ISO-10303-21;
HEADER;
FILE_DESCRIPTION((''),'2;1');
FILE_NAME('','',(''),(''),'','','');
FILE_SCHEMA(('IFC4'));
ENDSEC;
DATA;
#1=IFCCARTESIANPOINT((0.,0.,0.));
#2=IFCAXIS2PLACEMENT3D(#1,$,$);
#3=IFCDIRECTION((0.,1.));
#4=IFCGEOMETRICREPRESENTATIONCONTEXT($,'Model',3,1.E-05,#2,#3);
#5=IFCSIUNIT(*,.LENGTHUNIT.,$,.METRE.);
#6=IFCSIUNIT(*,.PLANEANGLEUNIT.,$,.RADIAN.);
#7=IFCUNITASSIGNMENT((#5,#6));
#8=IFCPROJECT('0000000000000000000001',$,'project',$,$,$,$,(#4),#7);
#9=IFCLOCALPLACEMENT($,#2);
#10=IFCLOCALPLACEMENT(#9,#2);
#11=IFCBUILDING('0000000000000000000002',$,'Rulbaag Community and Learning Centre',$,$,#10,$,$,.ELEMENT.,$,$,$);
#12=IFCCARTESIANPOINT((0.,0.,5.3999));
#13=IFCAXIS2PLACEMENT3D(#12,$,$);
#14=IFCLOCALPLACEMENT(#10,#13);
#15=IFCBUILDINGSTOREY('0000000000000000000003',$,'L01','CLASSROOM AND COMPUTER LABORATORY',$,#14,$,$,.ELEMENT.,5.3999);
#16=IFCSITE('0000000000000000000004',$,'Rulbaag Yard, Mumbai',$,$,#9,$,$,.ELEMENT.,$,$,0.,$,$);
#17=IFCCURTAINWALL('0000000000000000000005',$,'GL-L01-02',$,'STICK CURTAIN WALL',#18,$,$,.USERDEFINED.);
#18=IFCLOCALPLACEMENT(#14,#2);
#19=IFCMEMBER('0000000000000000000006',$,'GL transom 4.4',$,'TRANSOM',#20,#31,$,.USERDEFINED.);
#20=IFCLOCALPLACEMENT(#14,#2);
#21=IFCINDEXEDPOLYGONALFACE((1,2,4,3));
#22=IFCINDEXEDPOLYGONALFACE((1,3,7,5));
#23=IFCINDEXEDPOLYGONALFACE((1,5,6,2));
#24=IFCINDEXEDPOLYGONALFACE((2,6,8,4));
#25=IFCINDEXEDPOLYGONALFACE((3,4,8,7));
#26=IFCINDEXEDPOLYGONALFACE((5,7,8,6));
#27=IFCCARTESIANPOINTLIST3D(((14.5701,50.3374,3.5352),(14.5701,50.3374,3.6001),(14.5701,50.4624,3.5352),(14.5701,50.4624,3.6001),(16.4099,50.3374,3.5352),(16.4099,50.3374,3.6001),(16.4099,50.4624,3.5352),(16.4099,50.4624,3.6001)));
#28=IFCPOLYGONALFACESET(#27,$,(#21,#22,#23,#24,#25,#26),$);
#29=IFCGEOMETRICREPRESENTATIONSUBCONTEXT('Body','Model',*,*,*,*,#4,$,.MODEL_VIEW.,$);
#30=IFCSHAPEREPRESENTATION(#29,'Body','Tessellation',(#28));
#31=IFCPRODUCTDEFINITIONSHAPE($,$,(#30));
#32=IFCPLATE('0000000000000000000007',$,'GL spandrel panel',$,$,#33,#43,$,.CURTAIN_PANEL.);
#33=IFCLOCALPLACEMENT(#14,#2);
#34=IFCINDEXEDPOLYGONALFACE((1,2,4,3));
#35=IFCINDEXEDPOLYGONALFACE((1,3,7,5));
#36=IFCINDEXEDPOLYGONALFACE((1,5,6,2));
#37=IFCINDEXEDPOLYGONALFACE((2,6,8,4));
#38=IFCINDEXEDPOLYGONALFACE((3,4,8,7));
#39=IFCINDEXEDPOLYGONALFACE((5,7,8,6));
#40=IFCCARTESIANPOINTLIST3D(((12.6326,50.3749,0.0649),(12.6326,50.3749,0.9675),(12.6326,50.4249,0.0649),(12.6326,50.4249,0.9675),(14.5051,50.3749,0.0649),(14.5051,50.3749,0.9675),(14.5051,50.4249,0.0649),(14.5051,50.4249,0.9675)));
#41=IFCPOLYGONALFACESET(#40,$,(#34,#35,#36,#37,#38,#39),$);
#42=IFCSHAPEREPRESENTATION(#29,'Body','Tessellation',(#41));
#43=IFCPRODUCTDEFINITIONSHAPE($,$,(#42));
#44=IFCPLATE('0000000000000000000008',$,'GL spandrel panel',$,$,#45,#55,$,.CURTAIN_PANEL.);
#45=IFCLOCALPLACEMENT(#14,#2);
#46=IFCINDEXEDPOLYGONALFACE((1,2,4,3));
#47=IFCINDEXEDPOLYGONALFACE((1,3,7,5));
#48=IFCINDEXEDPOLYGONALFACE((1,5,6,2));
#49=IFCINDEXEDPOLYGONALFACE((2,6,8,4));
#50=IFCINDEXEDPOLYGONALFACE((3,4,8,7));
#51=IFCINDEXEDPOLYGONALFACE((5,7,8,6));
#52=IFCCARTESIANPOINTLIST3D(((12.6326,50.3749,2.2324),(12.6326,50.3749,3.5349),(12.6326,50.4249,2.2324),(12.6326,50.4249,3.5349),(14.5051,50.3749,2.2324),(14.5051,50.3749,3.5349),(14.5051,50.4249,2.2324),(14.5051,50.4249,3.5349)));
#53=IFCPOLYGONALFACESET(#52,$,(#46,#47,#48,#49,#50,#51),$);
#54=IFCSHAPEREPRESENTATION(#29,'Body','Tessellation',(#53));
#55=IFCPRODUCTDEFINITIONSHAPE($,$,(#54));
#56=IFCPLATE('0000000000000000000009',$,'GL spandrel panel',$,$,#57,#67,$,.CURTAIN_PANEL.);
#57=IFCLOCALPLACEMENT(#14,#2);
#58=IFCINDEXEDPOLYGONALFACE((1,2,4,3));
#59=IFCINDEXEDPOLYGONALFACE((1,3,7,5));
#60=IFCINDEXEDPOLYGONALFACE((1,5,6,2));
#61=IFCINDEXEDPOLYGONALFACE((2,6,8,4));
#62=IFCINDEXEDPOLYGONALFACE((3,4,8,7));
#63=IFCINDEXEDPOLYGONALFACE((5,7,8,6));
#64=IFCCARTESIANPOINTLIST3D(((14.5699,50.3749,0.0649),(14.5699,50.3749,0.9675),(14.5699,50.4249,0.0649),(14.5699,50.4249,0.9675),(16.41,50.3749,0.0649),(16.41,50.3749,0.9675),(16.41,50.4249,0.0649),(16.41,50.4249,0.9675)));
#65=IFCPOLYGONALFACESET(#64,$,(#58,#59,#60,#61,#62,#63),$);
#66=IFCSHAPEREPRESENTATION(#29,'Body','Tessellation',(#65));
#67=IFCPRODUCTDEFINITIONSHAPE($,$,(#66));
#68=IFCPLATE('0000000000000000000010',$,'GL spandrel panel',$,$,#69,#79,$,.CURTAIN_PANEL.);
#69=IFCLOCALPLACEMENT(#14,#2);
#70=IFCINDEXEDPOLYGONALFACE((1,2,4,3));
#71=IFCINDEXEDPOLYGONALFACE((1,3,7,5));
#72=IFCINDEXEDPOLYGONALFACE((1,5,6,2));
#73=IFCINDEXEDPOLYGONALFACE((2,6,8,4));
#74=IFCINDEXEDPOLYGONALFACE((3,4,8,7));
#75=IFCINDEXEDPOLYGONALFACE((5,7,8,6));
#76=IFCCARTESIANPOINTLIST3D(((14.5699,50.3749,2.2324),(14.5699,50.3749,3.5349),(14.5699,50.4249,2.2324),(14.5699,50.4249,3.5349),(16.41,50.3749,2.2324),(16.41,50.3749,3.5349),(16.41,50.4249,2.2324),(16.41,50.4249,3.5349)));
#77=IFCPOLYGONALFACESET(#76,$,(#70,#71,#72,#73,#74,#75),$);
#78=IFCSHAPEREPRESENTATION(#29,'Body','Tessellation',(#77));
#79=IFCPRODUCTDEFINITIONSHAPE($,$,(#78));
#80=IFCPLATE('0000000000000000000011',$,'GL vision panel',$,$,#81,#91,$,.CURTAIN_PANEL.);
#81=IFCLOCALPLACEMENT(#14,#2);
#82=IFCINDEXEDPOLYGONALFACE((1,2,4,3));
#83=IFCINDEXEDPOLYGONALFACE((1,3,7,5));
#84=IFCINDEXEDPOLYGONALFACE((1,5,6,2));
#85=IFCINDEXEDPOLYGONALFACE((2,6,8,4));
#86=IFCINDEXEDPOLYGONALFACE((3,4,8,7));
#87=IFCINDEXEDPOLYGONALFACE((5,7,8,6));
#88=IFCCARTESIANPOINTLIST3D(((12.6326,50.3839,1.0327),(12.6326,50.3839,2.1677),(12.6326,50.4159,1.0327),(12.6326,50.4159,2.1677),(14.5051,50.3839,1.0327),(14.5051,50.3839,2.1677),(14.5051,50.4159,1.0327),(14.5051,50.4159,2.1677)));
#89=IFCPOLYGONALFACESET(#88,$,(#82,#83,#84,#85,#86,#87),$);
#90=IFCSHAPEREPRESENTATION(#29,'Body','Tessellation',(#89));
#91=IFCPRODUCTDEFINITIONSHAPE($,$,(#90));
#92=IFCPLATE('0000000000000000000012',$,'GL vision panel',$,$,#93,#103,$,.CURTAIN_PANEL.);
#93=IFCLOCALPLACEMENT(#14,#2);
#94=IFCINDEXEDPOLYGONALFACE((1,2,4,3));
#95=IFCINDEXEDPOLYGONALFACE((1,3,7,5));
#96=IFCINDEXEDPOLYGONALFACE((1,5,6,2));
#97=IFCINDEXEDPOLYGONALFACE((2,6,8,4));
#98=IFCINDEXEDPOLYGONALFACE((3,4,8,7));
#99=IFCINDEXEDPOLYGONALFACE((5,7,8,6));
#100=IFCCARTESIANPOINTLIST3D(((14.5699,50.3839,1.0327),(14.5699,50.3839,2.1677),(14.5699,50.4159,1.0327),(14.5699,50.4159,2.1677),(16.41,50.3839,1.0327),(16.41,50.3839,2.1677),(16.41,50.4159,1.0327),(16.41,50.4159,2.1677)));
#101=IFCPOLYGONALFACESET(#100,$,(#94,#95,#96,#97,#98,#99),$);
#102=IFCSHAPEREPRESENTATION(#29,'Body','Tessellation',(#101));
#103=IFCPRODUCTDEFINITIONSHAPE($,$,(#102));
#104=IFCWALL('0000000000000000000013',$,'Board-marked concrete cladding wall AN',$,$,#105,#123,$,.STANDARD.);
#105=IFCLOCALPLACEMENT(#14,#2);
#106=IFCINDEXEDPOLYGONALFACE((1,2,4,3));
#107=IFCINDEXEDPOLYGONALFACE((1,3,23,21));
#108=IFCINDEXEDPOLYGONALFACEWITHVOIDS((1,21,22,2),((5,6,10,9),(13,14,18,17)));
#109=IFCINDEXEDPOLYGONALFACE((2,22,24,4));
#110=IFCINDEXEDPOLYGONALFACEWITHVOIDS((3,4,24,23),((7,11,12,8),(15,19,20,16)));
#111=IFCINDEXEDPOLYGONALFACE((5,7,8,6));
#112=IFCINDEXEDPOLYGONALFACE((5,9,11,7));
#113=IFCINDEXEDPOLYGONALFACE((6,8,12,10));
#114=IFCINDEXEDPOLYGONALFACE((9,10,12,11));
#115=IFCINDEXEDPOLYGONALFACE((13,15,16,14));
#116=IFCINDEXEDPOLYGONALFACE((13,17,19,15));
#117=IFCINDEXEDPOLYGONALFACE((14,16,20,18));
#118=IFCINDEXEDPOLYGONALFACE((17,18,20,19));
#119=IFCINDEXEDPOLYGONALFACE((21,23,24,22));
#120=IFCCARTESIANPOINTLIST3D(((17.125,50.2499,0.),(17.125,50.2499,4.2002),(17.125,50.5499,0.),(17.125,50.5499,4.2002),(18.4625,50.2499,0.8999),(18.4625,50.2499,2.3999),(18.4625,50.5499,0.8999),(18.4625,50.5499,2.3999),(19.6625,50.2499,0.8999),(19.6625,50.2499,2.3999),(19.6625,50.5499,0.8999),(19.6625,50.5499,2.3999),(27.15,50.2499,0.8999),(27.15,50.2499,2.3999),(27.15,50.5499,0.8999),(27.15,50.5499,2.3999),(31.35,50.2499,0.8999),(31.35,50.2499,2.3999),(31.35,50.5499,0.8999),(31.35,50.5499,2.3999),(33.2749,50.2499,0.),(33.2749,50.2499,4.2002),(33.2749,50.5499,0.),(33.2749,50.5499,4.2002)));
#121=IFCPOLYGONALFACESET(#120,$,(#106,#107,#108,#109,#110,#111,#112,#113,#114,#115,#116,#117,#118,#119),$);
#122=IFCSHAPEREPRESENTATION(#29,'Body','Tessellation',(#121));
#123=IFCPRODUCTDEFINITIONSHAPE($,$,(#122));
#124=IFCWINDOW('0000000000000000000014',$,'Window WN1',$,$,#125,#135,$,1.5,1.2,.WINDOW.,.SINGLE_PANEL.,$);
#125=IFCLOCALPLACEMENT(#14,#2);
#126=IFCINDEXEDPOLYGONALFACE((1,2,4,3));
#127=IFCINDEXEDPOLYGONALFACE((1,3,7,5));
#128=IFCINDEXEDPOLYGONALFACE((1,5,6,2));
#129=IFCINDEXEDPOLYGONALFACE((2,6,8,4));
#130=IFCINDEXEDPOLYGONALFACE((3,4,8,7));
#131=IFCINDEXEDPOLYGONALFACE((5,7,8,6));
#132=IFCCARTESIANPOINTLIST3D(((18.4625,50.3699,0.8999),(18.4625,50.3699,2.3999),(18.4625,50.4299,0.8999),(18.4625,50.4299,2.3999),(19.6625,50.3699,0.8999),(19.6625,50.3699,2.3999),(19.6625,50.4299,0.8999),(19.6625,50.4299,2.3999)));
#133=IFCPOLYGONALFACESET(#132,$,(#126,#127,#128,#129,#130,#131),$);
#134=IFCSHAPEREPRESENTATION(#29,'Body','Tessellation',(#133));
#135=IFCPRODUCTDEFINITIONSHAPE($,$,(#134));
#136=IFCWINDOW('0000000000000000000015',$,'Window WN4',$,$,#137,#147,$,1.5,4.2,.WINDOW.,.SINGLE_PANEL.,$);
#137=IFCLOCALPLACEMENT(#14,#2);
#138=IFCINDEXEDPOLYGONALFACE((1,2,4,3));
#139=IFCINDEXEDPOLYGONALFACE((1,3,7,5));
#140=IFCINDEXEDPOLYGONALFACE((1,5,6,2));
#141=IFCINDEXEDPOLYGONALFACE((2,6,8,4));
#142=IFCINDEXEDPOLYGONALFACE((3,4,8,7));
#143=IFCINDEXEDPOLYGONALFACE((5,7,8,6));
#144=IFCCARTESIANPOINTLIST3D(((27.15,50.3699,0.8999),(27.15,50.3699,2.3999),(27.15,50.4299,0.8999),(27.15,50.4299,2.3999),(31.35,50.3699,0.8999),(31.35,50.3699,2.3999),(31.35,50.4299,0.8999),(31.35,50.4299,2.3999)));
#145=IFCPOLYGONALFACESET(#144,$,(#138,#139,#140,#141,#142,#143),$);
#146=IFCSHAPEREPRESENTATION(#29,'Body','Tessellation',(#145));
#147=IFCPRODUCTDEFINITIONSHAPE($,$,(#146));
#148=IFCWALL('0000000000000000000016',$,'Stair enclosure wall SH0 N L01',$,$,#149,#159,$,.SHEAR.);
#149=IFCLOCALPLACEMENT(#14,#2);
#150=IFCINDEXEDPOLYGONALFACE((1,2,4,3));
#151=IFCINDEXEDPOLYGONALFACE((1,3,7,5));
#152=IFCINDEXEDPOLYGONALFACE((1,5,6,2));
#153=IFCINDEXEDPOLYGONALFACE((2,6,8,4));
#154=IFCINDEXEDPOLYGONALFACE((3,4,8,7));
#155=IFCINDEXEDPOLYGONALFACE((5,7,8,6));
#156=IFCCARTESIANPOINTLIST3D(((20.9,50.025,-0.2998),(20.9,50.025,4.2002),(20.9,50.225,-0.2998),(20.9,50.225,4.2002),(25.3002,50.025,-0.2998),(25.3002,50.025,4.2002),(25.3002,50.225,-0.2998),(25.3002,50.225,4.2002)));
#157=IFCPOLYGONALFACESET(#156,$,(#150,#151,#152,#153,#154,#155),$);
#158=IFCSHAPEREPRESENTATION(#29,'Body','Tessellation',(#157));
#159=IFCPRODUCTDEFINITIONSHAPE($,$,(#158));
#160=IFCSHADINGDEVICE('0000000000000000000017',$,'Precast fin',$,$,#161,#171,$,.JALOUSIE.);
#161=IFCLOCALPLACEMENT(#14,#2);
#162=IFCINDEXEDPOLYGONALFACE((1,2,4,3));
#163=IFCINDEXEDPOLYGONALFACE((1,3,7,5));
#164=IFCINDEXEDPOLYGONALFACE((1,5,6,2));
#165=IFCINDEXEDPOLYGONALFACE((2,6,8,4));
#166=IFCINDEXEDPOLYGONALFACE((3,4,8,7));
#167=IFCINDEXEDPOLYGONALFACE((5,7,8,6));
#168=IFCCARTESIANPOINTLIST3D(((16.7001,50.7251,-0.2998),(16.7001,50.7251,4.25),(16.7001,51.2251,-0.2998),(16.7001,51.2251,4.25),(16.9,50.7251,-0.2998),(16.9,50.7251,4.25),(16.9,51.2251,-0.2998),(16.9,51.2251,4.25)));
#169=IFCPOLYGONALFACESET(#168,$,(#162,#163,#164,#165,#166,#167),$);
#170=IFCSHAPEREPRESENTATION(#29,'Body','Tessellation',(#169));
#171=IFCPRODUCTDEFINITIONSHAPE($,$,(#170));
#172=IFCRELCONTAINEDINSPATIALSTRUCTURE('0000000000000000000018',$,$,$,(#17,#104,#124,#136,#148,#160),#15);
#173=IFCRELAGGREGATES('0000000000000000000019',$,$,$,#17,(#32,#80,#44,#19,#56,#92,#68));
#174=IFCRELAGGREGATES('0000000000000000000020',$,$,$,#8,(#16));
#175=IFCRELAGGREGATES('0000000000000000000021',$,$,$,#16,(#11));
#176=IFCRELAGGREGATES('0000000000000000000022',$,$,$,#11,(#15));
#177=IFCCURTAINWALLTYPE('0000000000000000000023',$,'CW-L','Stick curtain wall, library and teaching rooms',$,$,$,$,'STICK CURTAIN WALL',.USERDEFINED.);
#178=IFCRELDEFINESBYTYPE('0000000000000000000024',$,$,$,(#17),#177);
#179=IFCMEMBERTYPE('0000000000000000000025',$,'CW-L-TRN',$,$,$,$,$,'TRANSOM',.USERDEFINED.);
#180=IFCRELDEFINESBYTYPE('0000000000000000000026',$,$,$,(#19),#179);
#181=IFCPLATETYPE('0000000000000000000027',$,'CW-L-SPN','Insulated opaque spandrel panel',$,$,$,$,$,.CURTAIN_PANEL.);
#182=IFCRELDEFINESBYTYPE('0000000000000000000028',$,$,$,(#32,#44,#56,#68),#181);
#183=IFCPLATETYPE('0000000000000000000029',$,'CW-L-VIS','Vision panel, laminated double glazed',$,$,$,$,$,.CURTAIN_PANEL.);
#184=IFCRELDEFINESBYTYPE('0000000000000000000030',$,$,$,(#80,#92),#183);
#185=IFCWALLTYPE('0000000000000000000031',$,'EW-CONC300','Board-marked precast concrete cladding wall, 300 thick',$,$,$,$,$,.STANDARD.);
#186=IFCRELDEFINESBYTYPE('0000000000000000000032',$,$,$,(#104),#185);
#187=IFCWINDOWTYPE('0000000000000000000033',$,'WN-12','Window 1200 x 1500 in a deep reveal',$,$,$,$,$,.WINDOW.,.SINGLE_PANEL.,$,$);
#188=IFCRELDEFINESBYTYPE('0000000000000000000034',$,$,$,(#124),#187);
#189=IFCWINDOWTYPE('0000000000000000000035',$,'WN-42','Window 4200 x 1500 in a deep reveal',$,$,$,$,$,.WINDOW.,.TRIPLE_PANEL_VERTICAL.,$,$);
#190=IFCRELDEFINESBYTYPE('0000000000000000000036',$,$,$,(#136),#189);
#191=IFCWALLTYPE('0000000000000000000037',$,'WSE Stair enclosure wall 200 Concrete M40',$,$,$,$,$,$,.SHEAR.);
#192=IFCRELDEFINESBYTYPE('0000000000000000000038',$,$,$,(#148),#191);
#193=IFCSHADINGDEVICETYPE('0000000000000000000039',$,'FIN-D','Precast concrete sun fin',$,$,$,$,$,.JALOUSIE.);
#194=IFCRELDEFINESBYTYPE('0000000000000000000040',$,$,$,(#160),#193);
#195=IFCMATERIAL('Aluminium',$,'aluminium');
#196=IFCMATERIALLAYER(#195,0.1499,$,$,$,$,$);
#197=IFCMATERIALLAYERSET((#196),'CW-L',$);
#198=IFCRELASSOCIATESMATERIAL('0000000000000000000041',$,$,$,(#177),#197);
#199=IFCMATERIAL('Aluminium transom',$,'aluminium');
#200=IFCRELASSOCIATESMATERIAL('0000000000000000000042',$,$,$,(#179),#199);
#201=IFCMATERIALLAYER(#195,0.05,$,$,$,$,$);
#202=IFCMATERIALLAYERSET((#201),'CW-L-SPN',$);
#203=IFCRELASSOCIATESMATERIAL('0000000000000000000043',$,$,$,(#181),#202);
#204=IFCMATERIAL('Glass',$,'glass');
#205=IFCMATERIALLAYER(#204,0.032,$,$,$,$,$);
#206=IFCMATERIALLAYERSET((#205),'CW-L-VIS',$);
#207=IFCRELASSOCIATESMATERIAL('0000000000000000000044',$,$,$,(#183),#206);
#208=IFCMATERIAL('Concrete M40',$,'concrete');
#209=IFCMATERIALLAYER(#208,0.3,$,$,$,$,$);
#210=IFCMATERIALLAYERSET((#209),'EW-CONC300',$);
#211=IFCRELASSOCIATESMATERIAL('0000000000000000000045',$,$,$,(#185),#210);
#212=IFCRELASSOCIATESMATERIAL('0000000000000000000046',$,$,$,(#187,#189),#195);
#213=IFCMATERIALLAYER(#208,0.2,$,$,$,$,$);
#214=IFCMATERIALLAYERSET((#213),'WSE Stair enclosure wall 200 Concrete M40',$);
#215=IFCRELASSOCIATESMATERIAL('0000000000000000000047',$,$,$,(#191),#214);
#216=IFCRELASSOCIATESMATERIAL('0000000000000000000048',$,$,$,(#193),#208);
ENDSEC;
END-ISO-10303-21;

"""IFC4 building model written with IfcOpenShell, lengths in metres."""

from ifc_helpers import new_model, si_unit, direction, frame, frame_2d, origin, origin_2d, place, context, subcontext, project, spatial, rectangle, extrude, material, layer, layer_set, material_profile, profile_set, type_object, element, fill, aggregate, save


model = new_model("IFC4")

# Units and contexts
model_context = context("Model", 3, precision=1e-05, world=origin(), true_north=direction((0.0, 1.0)))
body_context = subcontext(model_context, "Body", "Model", "MODEL_VIEW")
ifc_project = project(units=[si_unit("LENGTHUNIT", "METRE"), si_unit("PLANEANGLEUNIT", "RADIAN")], contexts=[model_context])

# Site, building, storey
site_placement = place(None, origin())
site = spatial("IfcSite", under=ifc_project, at=site_placement, Name="Rulbaag Yard, Mumbai", CompositionType="ELEMENT", RefElevation=0.0)
building_placement = place(site_placement, origin())
building = spatial("IfcBuilding", under=site, at=building_placement, Name="Rulbaag Community and Learning Centre", CompositionType="ELEMENT")
storey_placement = place(building_placement, frame((0.0, 0.0, 5.3999)))
storey = spatial("IfcBuildingStorey", under=building, at=storey_placement, Name="L01", Description="CLASSROOM AND COMPUTER LABORATORY", CompositionType="ELEMENT", Elevation=5.3999)

# Shared definitions
ifc_material_1 = material(Name="Concrete M40", Category="concrete")

# Curtain wall, member, plates
ifc_material_2 = material(Name="Aluminium", Category="aluminium")
ifc_layer_1 = layer(ifc_material_2, 0.1499)
ifc_layer_set_1 = layer_set([ifc_layer_1], Name="CW-L")
curtain_wall_type = type_object("IfcCurtainWallType", Name="CW-L", Description="Stick curtain wall, library and teaching rooms", ElementType="STICK CURTAIN WALL", PredefinedType="USERDEFINED", material=ifc_layer_set_1)
curtain_wall_placement = place(storey_placement, origin())
curtain_wall = element("IfcCurtainWall", 1, at=curtain_wall_placement, inside=storey, type_object=curtain_wall_type, Name="GL-L01-02", ObjectType="STICK CURTAIN WALL", PredefinedType="USERDEFINED")
ifc_material_3 = material(Name="Aluminium transom", Category="aluminium")
ifc_material_profile_1 = material_profile(ifc_material_3, rectangle(XDim=0.125, YDim=0.0649, at=origin_2d()), Name="AL 65x125 T")
ifc_profile_set_1 = profile_set([ifc_material_profile_1], Name="Aluminium transom")
member_type_1 = type_object("IfcMemberType", Name="CW-L-TRN", ElementType="TRANSOM", PredefinedType="USERDEFINED", material=ifc_profile_set_1)
member_1_placement = place(storey_placement, frame((14.5701, 50.3999, 3.5676), z_axis=(1.0, 0.0, 0.0), x_axis=(0.0, 1.0, 0.0)))
member_1 = element("IfcMember", 2, at=member_1_placement, type_object=member_type_1, Name="GL transom 4.4", ObjectType="TRANSOM", PredefinedType="USERDEFINED", context=body_context, shape_type="SweptSolid", body=[
    extrude(rectangle(XDim=0.125, YDim=0.0649, at=origin_2d()), origin(), (0.0, 0.0, 1.0), 1.8398),
])
ifc_layer_2 = layer(ifc_material_2, 0.05)
ifc_layer_set_2 = layer_set([ifc_layer_2], Name="CW-L-SPN")
plate_type_1 = type_object("IfcPlateType", Name="CW-L-SPN", Description="Insulated opaque spandrel panel", PredefinedType="CURTAIN_PANEL", material=ifc_layer_set_2)
plate_1_placement = place(storey_placement, frame((13.5688, 50.3999, 0.0649), z_axis=(0.0, 0.0, 1.0), x_axis=(1.0, 0.0, 0.0)))
plate_1 = element("IfcPlate", 3, at=plate_1_placement, type_object=plate_type_1, Name="GL spandrel panel", PredefinedType="CURTAIN_PANEL", context=body_context, shape_type="SweptSolid", body=[
    extrude(rectangle(XDim=1.8726, YDim=0.05, at=origin_2d()), origin(), (0.0, 0.0, 1.0), 0.9026),
])
plate_2_placement = place(storey_placement, frame((13.5688, 50.3999, 2.2324), z_axis=(0.0, 0.0, 1.0), x_axis=(1.0, 0.0, 0.0)))
plate_2 = element("IfcPlate", 4, at=plate_2_placement, type_object=plate_type_1, Name="GL spandrel panel", PredefinedType="CURTAIN_PANEL", context=body_context, shape_type="SweptSolid", body=[
    extrude(rectangle(XDim=1.8726, YDim=0.05, at=origin_2d()), origin(), (0.0, 0.0, 1.0), 1.3025),
])
plate_3_placement = place(storey_placement, frame((15.49, 50.3999, 0.0649), z_axis=(0.0, 0.0, 1.0), x_axis=(1.0, 0.0, 0.0)))
plate_3 = element("IfcPlate", 5, at=plate_3_placement, type_object=plate_type_1, Name="GL spandrel panel", PredefinedType="CURTAIN_PANEL", context=body_context, shape_type="SweptSolid", body=[
    extrude(rectangle(XDim=1.8401, YDim=0.05, at=origin_2d()), origin(), (0.0, 0.0, 1.0), 0.9026),
])
plate_4_placement = place(storey_placement, frame((15.49, 50.3999, 2.2324), z_axis=(0.0, 0.0, 1.0), x_axis=(1.0, 0.0, 0.0)))
plate_4 = element("IfcPlate", 6, at=plate_4_placement, type_object=plate_type_1, Name="GL spandrel panel", PredefinedType="CURTAIN_PANEL", context=body_context, shape_type="SweptSolid", body=[
    extrude(rectangle(XDim=1.8401, YDim=0.05, at=origin_2d()), origin(), (0.0, 0.0, 1.0), 1.3025),
])
ifc_material_4 = material(Name="Glass", Category="glass")
ifc_layer_3 = layer(ifc_material_4, 0.032)
ifc_layer_set_3 = layer_set([ifc_layer_3], Name="CW-L-VIS")
plate_type_2 = type_object("IfcPlateType", Name="CW-L-VIS", Description="Vision panel, laminated double glazed", PredefinedType="CURTAIN_PANEL", material=ifc_layer_set_3)
plate_5_placement = place(storey_placement, frame((13.5688, 50.3999, 1.0327), z_axis=(0.0, 0.0, 1.0), x_axis=(1.0, 0.0, 0.0)))
plate_5 = element("IfcPlate", 7, at=plate_5_placement, type_object=plate_type_2, Name="GL vision panel", PredefinedType="CURTAIN_PANEL", context=body_context, shape_type="SweptSolid", body=[
    extrude(rectangle(XDim=1.8726, YDim=0.032, at=origin_2d()), origin(), (0.0, 0.0, 1.0), 1.135),
])
plate_6_placement = place(storey_placement, frame((15.49, 50.3999, 1.0327), z_axis=(0.0, 0.0, 1.0), x_axis=(1.0, 0.0, 0.0)))
plate_6 = element("IfcPlate", 8, at=plate_6_placement, type_object=plate_type_2, Name="GL vision panel", PredefinedType="CURTAIN_PANEL", context=body_context, shape_type="SweptSolid", body=[
    extrude(rectangle(XDim=1.8401, YDim=0.032, at=origin_2d()), origin(), (0.0, 0.0, 1.0), 1.135),
])
aggregate(curtain_wall, [plate_1, plate_5, plate_2, member_1, plate_3, plate_6, plate_4])

# Wall, openings, windows
ifc_layer_4 = layer(ifc_material_1, 0.3)
ifc_layer_set_4 = layer_set([ifc_layer_4], Name="EW-CONC300")
wall_type_1 = type_object("IfcWallType", Name="EW-CONC300", Description="Board-marked precast concrete cladding wall, 300 thick", PredefinedType="STANDARD", material=ifc_layer_set_4)
wall_1_placement = place(storey_placement, frame((17.125, 50.3999, 0.0), z_axis=(0.0, 0.0, 1.0), x_axis=(1.0, 0.0, 0.0)))
wall_1 = element("IfcWall", 9, at=wall_1_placement, inside=storey, type_object=wall_type_1, Name="Board-marked concrete cladding wall AN", PredefinedType="STANDARD", context=body_context, shape_type="SweptSolid", body=[
    extrude(rectangle(XDim=16.1499, YDim=0.3, at=frame_2d((8.075, 0.0))), origin(), (0.0, 0.0, 1.0), 4.2002),
])
opening_1_placement = place(wall_1_placement, frame((1.3374, 0.0, 0.8999)))
opening_1 = element("IfcOpeningElement", 10, at=opening_1_placement, cuts=wall_1, PredefinedType="OPENING", context=body_context, shape_type="SweptSolid", body=[
    extrude(rectangle(XDim=1.2, YDim=1.5, at=frame_2d((0.6001, 0.75))), frame((0.0, 0.1599, 0.0), z_axis=(0.0, -1.0, 0.0), x_axis=(1.0, 0.0, 0.0)), (0.0, 0.0, 1.0), 0.3201),
])
opening_2_placement = place(wall_1_placement, frame((10.0249, 0.0, 0.8999)))
opening_2 = element("IfcOpeningElement", 11, at=opening_2_placement, cuts=wall_1, PredefinedType="OPENING", context=body_context, shape_type="SweptSolid", body=[
    extrude(rectangle(XDim=4.2, YDim=1.5, at=frame_2d((2.1001, 0.75))), frame((0.0, 0.1599, 0.0), z_axis=(0.0, -1.0, 0.0), x_axis=(1.0, 0.0, 0.0)), (0.0, 0.0, 1.0), 0.3201),
])
window_type_1 = type_object("IfcWindowType", Name="WN-12", Description="Window 1200 x 1500 in a deep reveal", PartitioningType="SINGLE_PANEL", PredefinedType="WINDOW", material=ifc_material_2)
window_1_placement = place(opening_1_placement, origin())
window_1 = element("IfcWindow", 12, at=window_1_placement, inside=storey, type_object=window_type_1, Name="Window WN1", OverallHeight=1.5, OverallWidth=1.2, PartitioningType="SINGLE_PANEL", PredefinedType="WINDOW", context=body_context, shape_type="SweptSolid", body=[
    extrude(rectangle(XDim=1.2, YDim=1.5, at=frame_2d((0.6001, 0.75))), frame((0.0, 0.03, 0.0), z_axis=(0.0, -1.0, 0.0), x_axis=(1.0, 0.0, 0.0)), (0.0, 0.0, 1.0), 0.0601),
])
fill(opening_1, window_1)
window_type_2 = type_object("IfcWindowType", Name="WN-42", Description="Window 4200 x 1500 in a deep reveal", PartitioningType="TRIPLE_PANEL_VERTICAL", PredefinedType="WINDOW", material=ifc_material_2)
window_2_placement = place(opening_2_placement, origin())
window_2 = element("IfcWindow", 13, at=window_2_placement, inside=storey, type_object=window_type_2, Name="Window WN4", OverallHeight=1.5, OverallWidth=4.2, PartitioningType="SINGLE_PANEL", PredefinedType="WINDOW", context=body_context, shape_type="SweptSolid", body=[
    extrude(rectangle(XDim=4.2, YDim=1.5, at=frame_2d((2.1001, 0.75))), frame((0.0, 0.03, 0.0), z_axis=(0.0, -1.0, 0.0), x_axis=(1.0, 0.0, 0.0)), (0.0, 0.0, 1.0), 0.0601),
])
fill(opening_2, window_2)

# Wall
ifc_layer_5 = layer(ifc_material_1, 0.2)
ifc_layer_set_5 = layer_set([ifc_layer_5], Name="WSE Stair enclosure wall 200 Concrete M40")
wall_type_2 = type_object("IfcWallType", Name="WSE Stair enclosure wall 200 Concrete M40", PredefinedType="SHEAR", material=ifc_layer_set_5)
wall_2_placement = place(storey_placement, frame((20.8999, 50.125, -0.2998), z_axis=(0.0, 0.0, 1.0), x_axis=(1.0, 0.0, 0.0)))
element("IfcWall", 14, at=wall_2_placement, inside=storey, type_object=wall_type_2, Name="Stair enclosure wall SH0 N L01", PredefinedType="SHEAR", context=body_context, shape_type="SweptSolid", body=[
    extrude(rectangle(XDim=4.4001, YDim=0.2, at=frame_2d((2.2002, 0.0))), origin(), (0.0, 0.0, 1.0), 4.5),
])

# Shading device
ifc_material_profile_2 = material_profile(ifc_material_1, rectangle(XDim=0.2, YDim=0.5, at=origin_2d()), Name="PC 200x500")
ifc_profile_set_2 = profile_set([ifc_material_profile_2], Name="Concrete M40")
shading_device_type = type_object("IfcShadingDeviceType", Name="FIN-D", Description="Precast concrete sun fin", PredefinedType="JALOUSIE", material=ifc_profile_set_2)
shading_device_placement = place(storey_placement, frame((16.8, 50.9751, -0.2998), z_axis=(0.0, 0.0, 1.0), x_axis=(1.0, 0.0, 0.0)))
element("IfcShadingDevice", 15, at=shading_device_placement, inside=storey, type_object=shading_device_type, Name="Precast fin", PredefinedType="JALOUSIE", context=body_context, shape_type="SweptSolid", body=[
    extrude(rectangle(XDim=0.2, YDim=0.5, at=origin_2d()), origin(), (0.0, 0.0, 1.0), 4.5498),
])

save(model, "model.ifc")
